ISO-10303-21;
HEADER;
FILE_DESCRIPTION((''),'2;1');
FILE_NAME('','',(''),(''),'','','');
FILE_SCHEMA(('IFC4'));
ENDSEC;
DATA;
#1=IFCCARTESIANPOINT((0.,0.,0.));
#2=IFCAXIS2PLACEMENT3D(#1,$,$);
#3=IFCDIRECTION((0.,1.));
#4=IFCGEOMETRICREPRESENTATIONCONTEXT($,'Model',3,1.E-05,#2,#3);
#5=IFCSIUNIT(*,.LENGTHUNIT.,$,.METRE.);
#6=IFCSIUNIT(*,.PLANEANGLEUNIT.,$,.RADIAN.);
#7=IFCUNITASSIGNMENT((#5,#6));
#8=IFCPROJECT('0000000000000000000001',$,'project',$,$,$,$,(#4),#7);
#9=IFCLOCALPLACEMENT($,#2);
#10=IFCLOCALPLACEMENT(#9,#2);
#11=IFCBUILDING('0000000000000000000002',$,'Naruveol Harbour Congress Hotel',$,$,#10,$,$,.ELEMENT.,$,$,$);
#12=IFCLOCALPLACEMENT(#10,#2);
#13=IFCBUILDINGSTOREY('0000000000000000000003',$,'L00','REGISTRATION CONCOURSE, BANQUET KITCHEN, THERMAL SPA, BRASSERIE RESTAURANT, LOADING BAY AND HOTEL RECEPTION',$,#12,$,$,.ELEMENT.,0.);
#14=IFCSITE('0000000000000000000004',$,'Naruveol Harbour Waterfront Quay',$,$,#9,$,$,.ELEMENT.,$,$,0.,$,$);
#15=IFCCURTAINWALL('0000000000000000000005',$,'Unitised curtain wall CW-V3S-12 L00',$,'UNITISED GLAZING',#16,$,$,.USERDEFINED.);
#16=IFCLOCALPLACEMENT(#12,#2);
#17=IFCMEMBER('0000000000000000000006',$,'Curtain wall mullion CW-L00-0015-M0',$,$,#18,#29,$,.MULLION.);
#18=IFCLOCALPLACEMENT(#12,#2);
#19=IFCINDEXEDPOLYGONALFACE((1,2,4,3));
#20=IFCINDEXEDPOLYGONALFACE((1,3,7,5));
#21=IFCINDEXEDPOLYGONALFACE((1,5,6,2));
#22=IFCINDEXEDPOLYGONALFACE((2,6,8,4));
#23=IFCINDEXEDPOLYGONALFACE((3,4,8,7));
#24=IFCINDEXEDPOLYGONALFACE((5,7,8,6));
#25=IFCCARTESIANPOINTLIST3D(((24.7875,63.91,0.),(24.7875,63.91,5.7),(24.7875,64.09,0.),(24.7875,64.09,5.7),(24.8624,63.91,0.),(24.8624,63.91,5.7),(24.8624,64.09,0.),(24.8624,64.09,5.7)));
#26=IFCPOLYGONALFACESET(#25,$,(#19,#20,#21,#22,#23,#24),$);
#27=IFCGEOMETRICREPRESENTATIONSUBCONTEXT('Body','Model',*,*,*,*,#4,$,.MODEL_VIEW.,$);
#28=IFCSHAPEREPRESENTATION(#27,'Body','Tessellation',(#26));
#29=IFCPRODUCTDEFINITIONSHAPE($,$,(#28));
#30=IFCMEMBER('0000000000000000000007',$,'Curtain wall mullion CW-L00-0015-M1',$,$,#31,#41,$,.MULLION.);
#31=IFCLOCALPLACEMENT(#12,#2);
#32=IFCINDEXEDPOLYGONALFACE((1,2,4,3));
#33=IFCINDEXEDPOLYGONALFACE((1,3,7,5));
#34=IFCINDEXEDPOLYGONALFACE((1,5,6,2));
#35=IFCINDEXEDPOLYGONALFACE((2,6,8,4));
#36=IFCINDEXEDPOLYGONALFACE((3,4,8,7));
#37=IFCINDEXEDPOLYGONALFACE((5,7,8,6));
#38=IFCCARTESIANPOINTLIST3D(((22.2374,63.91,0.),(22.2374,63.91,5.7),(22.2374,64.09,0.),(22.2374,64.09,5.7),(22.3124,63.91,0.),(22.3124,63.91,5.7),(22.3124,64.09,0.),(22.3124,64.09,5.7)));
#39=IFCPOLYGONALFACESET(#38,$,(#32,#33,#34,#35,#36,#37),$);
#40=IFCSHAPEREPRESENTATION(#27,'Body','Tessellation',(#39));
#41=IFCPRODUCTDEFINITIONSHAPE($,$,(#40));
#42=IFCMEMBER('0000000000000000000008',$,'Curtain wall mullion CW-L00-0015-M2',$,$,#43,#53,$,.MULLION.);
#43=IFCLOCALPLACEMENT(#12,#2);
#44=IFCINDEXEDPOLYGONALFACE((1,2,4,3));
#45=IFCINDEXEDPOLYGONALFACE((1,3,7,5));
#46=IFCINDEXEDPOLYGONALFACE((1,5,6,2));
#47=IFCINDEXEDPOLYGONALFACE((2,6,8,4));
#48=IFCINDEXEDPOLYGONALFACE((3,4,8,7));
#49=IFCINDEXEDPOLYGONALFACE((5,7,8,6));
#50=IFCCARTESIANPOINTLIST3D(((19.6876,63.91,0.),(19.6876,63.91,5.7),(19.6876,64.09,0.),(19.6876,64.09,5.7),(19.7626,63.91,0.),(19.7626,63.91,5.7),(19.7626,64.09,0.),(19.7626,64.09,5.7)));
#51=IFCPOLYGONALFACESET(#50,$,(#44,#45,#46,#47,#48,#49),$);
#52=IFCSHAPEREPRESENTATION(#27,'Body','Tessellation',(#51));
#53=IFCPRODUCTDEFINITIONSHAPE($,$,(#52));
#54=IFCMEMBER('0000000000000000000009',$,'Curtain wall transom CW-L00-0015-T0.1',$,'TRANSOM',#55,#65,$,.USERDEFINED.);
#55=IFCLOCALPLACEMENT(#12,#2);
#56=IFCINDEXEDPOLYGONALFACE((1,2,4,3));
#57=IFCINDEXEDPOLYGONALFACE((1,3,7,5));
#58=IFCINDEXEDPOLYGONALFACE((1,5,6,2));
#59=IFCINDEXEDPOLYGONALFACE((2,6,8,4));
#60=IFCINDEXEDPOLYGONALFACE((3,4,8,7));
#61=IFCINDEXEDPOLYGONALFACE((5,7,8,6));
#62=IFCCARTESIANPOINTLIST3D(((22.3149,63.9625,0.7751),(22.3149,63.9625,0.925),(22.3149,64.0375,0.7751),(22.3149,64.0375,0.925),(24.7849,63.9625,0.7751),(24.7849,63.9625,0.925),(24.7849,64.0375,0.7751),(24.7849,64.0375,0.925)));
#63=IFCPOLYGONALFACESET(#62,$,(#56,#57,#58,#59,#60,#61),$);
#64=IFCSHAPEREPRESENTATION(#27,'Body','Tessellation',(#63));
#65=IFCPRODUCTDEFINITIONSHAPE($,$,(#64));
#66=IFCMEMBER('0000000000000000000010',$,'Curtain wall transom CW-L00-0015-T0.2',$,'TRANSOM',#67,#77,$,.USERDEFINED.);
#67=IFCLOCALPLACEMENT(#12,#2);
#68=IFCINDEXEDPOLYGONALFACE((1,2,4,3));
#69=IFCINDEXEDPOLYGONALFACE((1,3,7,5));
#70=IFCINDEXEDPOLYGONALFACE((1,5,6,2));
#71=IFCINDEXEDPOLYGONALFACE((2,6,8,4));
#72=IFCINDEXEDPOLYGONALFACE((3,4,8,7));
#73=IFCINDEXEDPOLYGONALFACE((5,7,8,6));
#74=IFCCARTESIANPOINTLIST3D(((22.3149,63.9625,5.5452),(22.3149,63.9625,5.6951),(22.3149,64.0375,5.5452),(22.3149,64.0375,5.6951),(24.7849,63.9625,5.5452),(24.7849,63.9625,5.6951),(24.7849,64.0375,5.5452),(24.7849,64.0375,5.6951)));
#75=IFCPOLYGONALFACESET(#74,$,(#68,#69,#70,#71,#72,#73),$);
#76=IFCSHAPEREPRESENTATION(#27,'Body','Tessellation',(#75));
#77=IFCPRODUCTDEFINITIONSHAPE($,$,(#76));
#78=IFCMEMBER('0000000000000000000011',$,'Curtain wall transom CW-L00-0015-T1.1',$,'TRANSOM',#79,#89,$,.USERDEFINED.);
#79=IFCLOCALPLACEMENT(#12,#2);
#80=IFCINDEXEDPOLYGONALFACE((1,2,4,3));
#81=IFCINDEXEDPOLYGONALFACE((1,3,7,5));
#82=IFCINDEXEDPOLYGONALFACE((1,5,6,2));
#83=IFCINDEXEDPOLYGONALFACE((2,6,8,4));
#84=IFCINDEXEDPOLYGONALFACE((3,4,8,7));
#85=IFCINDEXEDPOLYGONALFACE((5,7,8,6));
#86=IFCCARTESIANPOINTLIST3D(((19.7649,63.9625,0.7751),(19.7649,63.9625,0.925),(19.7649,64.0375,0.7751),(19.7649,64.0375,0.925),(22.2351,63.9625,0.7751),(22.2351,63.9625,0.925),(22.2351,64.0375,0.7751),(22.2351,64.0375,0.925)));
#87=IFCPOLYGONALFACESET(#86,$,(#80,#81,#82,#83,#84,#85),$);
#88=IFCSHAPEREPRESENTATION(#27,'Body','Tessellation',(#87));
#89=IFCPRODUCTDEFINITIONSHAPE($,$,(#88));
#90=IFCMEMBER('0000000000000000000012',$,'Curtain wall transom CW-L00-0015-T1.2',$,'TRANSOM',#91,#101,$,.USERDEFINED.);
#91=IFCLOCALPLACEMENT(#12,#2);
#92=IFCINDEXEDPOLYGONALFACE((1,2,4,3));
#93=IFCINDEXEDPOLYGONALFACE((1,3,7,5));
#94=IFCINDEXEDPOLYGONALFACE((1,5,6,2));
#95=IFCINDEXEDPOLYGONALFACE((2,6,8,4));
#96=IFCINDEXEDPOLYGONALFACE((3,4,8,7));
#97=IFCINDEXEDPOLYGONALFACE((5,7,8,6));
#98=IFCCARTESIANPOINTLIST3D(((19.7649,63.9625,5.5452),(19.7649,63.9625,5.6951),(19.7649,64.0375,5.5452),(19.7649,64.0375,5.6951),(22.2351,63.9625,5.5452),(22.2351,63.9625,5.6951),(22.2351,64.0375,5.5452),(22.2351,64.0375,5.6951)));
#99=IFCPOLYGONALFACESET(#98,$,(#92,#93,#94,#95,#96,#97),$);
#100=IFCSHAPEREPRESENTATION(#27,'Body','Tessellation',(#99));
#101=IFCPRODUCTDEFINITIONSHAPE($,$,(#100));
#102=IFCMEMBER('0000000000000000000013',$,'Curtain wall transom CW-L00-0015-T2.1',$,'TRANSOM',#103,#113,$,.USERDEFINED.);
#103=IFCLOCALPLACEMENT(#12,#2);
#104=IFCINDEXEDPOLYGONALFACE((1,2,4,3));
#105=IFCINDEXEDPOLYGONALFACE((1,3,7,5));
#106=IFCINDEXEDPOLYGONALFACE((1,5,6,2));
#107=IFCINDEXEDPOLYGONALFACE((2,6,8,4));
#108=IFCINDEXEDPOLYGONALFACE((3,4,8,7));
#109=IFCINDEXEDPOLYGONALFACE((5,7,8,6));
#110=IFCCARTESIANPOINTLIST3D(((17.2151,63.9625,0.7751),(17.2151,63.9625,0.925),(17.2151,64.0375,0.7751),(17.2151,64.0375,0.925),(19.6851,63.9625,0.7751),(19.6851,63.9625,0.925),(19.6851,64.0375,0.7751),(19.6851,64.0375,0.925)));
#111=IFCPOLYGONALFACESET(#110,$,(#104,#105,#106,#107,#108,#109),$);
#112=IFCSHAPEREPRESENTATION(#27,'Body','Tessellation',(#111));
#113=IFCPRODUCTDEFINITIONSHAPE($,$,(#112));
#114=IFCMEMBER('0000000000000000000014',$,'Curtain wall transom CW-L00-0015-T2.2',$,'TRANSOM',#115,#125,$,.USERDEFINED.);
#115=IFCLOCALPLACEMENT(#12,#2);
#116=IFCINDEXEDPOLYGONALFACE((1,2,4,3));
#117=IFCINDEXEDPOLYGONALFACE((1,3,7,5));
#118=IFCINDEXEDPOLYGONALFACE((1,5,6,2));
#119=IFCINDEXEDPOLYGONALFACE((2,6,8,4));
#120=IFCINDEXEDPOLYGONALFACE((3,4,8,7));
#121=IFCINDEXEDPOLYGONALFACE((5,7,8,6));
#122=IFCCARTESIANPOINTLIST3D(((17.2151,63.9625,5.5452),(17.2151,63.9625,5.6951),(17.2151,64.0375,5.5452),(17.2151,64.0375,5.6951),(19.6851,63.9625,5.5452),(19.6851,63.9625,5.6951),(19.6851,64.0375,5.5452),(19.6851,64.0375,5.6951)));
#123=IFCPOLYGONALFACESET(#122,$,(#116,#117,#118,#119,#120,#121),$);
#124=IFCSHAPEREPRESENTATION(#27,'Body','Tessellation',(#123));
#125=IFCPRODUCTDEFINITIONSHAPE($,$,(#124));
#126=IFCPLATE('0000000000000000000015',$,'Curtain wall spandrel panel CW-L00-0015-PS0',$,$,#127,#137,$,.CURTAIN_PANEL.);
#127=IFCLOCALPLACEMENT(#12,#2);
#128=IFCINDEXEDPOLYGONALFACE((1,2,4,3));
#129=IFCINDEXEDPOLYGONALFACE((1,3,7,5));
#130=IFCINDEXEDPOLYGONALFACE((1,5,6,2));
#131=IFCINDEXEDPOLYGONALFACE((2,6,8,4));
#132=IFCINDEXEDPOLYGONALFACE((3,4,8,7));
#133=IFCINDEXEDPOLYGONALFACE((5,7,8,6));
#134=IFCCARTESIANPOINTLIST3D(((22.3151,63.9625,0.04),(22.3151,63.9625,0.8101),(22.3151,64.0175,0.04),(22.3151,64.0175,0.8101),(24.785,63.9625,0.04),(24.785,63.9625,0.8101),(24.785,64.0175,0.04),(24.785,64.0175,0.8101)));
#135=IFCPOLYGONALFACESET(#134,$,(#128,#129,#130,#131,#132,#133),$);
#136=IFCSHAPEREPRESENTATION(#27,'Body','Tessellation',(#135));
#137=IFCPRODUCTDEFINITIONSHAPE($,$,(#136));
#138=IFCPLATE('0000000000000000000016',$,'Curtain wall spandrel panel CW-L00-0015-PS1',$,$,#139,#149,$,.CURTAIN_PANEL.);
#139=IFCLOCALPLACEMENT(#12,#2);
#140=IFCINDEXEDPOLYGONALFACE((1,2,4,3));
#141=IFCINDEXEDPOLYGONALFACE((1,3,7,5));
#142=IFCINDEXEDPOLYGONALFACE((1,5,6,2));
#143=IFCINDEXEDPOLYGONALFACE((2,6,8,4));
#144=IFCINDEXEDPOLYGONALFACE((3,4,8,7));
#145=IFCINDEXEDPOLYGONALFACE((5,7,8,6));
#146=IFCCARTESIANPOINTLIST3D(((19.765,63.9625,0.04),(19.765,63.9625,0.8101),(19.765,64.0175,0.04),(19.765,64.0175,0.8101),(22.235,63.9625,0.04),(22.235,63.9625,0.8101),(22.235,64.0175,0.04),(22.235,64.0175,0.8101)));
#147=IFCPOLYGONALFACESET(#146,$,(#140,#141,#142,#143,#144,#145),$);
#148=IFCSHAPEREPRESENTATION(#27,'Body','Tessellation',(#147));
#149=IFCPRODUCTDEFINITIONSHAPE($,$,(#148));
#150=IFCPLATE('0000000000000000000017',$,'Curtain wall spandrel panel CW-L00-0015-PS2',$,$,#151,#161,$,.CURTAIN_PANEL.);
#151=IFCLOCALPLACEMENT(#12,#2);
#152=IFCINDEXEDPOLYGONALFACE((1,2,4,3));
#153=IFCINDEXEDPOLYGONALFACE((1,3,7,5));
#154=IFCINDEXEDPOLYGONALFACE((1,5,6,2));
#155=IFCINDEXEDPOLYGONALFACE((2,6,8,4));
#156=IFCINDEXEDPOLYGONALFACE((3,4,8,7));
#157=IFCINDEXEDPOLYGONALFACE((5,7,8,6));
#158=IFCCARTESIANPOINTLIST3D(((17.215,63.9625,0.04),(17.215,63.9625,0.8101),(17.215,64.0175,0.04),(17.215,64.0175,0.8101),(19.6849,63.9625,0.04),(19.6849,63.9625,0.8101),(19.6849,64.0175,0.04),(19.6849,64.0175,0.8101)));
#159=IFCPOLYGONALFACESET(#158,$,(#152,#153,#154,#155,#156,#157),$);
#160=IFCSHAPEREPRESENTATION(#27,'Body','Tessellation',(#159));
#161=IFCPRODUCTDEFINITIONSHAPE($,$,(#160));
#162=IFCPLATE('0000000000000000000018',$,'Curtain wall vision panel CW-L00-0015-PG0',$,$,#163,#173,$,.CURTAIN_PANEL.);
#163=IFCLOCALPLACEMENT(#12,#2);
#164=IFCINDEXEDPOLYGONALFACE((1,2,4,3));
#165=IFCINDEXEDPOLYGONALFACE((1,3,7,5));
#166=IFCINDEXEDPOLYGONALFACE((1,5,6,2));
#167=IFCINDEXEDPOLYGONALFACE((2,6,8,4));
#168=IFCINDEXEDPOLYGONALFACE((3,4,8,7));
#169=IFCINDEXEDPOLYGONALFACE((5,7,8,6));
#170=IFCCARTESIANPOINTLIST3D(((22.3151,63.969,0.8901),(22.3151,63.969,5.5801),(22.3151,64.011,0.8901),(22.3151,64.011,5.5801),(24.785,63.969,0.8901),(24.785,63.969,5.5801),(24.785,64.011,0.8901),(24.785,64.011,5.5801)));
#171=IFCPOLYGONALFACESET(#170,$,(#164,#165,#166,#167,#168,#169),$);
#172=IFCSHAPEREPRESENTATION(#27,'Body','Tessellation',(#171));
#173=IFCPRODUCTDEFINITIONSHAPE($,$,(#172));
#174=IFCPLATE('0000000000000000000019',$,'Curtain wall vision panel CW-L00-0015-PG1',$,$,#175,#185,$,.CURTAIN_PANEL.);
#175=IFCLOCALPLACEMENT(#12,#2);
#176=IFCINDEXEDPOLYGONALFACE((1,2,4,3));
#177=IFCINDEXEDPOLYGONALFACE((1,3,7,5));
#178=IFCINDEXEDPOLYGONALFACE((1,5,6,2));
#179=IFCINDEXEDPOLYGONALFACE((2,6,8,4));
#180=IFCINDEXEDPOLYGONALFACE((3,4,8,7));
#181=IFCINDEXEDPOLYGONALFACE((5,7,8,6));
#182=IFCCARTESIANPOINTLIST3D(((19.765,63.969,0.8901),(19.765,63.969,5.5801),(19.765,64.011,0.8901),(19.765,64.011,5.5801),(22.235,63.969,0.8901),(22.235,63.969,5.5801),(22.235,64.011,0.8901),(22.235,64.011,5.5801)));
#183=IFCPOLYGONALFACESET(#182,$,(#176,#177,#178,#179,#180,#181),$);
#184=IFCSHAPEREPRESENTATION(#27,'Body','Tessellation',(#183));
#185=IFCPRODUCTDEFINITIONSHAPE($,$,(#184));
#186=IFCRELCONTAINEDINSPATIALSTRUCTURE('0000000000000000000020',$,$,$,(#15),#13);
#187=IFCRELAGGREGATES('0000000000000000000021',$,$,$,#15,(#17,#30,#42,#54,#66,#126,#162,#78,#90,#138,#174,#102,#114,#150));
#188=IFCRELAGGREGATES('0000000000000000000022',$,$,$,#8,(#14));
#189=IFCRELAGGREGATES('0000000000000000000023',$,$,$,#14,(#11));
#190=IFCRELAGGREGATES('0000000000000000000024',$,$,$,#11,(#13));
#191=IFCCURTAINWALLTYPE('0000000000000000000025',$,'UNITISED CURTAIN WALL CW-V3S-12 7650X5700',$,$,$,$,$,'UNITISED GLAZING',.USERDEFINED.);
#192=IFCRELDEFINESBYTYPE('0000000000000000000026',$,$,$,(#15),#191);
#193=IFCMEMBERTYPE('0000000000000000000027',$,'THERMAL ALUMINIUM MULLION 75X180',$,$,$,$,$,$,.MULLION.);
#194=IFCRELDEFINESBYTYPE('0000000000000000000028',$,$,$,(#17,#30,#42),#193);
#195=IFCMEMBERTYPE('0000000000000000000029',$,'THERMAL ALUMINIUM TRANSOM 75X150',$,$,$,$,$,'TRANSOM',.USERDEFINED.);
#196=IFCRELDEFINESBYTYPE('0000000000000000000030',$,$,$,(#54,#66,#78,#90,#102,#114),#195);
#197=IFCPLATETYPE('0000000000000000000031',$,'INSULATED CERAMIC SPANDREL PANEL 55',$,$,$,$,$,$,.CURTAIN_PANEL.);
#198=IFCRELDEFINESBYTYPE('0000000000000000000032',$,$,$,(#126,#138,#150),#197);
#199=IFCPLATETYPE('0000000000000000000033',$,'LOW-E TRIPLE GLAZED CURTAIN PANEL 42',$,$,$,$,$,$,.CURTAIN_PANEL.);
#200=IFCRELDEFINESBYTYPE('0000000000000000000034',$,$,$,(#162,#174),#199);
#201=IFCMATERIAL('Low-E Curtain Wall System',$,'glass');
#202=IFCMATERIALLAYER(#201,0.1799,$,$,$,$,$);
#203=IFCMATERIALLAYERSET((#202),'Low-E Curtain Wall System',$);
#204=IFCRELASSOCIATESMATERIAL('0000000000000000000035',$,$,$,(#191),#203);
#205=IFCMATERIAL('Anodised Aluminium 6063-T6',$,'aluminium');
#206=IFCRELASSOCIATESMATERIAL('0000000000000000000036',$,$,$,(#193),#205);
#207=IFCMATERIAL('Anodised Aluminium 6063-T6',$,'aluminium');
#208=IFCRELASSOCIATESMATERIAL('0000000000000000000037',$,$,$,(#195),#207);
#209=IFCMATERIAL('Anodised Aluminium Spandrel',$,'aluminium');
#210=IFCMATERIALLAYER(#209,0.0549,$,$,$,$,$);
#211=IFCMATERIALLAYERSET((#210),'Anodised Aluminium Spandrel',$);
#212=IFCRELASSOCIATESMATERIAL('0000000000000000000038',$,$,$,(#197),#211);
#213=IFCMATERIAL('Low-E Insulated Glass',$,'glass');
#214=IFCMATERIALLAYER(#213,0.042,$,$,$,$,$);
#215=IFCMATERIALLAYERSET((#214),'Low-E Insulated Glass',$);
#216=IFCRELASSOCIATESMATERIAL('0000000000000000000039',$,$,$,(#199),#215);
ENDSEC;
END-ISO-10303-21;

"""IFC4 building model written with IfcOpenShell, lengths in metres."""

from ifc_helpers import new_model, si_unit, direction, frame, origin, origin_2d, place, context, subcontext, project, spatial, rectangle, extrude, material, layer, layer_set, material_profile, profile_set, type_object, element, aggregate, save


model = new_model("IFC4")

# Units and contexts
model_context = context("Model", 3, precision=1e-05, world=origin(), true_north=direction((0.0, 1.0)))
body_context = subcontext(model_context, "Body", "Model", "MODEL_VIEW")
ifc_project = project(units=[si_unit("LENGTHUNIT", "METRE"), si_unit("PLANEANGLEUNIT", "RADIAN")], contexts=[model_context])

# Site, building, storey
site_placement = place(None, origin())
site = spatial("IfcSite", under=ifc_project, at=site_placement, Name="Naruveol Harbour Waterfront Quay", CompositionType="ELEMENT", RefElevation=0.0)
building_placement = place(site_placement, origin())
building = spatial("IfcBuilding", under=site, at=building_placement, Name="Naruveol Harbour Congress Hotel", CompositionType="ELEMENT")
storey_placement = place(building_placement, origin())
storey = spatial("IfcBuildingStorey", under=building, at=storey_placement, Name="L00", Description="REGISTRATION CONCOURSE, BANQUET KITCHEN, THERMAL SPA, BRASSERIE RESTAURANT, LOADING BAY AND HOTEL RECEPTION", CompositionType="ELEMENT", Elevation=0.0)

# Curtain wall, members, plates
ifc_material_1 = material(Name="Low-E Curtain Wall System", Category="glass")
ifc_layer_1 = layer(ifc_material_1, 0.1799)
ifc_layer_set_1 = layer_set([ifc_layer_1], Name="Low-E Curtain Wall System")
curtain_wall_type = type_object("IfcCurtainWallType", Name="UNITISED CURTAIN WALL CW-V3S-12 7650X5700", ElementType="UNITISED GLAZING", PredefinedType="USERDEFINED", material=ifc_layer_set_1)
curtain_wall_placement = place(storey_placement, origin())
curtain_wall = element("IfcCurtainWall", 1, at=curtain_wall_placement, inside=storey, type_object=curtain_wall_type, Name="Unitised curtain wall CW-V3S-12 L00", ObjectType="UNITISED GLAZING", PredefinedType="USERDEFINED")
ifc_material_2 = material(Name="Anodised Aluminium 6063-T6", Category="aluminium")
ifc_material_profile_1 = material_profile(ifc_material_2, rectangle(XDim=0.075, YDim=0.1799, at=origin_2d()), Name="ALU-75x180")
ifc_profile_set_1 = profile_set([ifc_material_profile_1], Name="Anodised Aluminium 6063-T6")
member_type_1 = type_object("IfcMemberType", Name="THERMAL ALUMINIUM MULLION 75X180", PredefinedType="MULLION", material=ifc_profile_set_1)
member_1_placement = place(storey_placement, frame((24.825, 64.0, 0.0), z_axis=(0.0, 0.0, 1.0), x_axis=(1.0, 0.0, 0.0)))
member_1 = element("IfcMember", 2, at=member_1_placement, type_object=member_type_1, Name="Curtain wall mullion CW-L00-0015-M0", PredefinedType="MULLION", context=body_context, shape_type="SweptSolid", body=[
    extrude(rectangle(XDim=0.075, YDim=0.1799, at=origin_2d()), origin(), (0.0, 0.0, 1.0), 5.7),
])
member_2_placement = place(storey_placement, frame((22.2749, 64.0, 0.0), z_axis=(0.0, 0.0, 1.0), x_axis=(1.0, 0.0, 0.0)))
member_2 = element("IfcMember", 3, at=member_2_placement, type_object=member_type_1, Name="Curtain wall mullion CW-L00-0015-M1", PredefinedType="MULLION", context=body_context, shape_type="SweptSolid", body=[
    extrude(rectangle(XDim=0.075, YDim=0.1799, at=origin_2d()), origin(), (0.0, 0.0, 1.0), 5.7),
])
member_3_placement = place(storey_placement, frame((19.7251, 64.0, 0.0), z_axis=(0.0, 0.0, 1.0), x_axis=(1.0, 0.0, 0.0)))
member_3 = element("IfcMember", 4, at=member_3_placement, type_object=member_type_1, Name="Curtain wall mullion CW-L00-0015-M2", PredefinedType="MULLION", context=body_context, shape_type="SweptSolid", body=[
    extrude(rectangle(XDim=0.075, YDim=0.1799, at=origin_2d()), origin(), (0.0, 0.0, 1.0), 5.7),
])
ifc_material_3 = material(Name="Anodised Aluminium 6063-T6", Category="aluminium")
ifc_material_profile_2 = material_profile(ifc_material_3, rectangle(XDim=0.075, YDim=0.1499, at=origin_2d()), Name="ALU-75x150")
ifc_profile_set_2 = profile_set([ifc_material_profile_2], Name="Anodised Aluminium 6063-T6")
member_type_2 = type_object("IfcMemberType", Name="THERMAL ALUMINIUM TRANSOM 75X150", ElementType="TRANSOM", PredefinedType="USERDEFINED", material=ifc_profile_set_2)
member_4_placement = place(storey_placement, frame((24.7849, 64.0, 0.8501), z_axis=(-1.0, 0.0, 0.0), x_axis=(0.0, -1.0, 0.0)))
member_4 = element("IfcMember", 5, at=member_4_placement, type_object=member_type_2, Name="Curtain wall transom CW-L00-0015-T0.1", ObjectType="TRANSOM", PredefinedType="USERDEFINED", context=body_context, shape_type="SweptSolid", body=[
    extrude(rectangle(XDim=0.075, YDim=0.1499, at=origin_2d()), origin(), (0.0, 0.0, 1.0), 2.47),
])
member_5_placement = place(storey_placement, frame((24.7849, 64.0, 5.6201), z_axis=(-1.0, 0.0, 0.0), x_axis=(0.0, -1.0, 0.0)))
member_5 = element("IfcMember", 6, at=member_5_placement, type_object=member_type_2, Name="Curtain wall transom CW-L00-0015-T0.2", ObjectType="TRANSOM", PredefinedType="USERDEFINED", context=body_context, shape_type="SweptSolid", body=[
    extrude(rectangle(XDim=0.075, YDim=0.1499, at=origin_2d()), origin(), (0.0, 0.0, 1.0), 2.47),
])
member_6_placement = place(storey_placement, frame((22.2351, 64.0, 0.8501), z_axis=(-1.0, 0.0, 0.0), x_axis=(0.0, -1.0, 0.0)))
member_6 = element("IfcMember", 7, at=member_6_placement, type_object=member_type_2, Name="Curtain wall transom CW-L00-0015-T1.1", ObjectType="TRANSOM", PredefinedType="USERDEFINED", context=body_context, shape_type="SweptSolid", body=[
    extrude(rectangle(XDim=0.075, YDim=0.1499, at=origin_2d()), origin(), (0.0, 0.0, 1.0), 2.4702),
])
member_7_placement = place(storey_placement, frame((22.2351, 64.0, 5.6201), z_axis=(-1.0, 0.0, 0.0), x_axis=(0.0, -1.0, 0.0)))
member_7 = element("IfcMember", 8, at=member_7_placement, type_object=member_type_2, Name="Curtain wall transom CW-L00-0015-T1.2", ObjectType="TRANSOM", PredefinedType="USERDEFINED", context=body_context, shape_type="SweptSolid", body=[
    extrude(rectangle(XDim=0.075, YDim=0.1499, at=origin_2d()), origin(), (0.0, 0.0, 1.0), 2.4702),
])
member_8_placement = place(storey_placement, frame((19.6851, 64.0, 0.8501), z_axis=(-1.0, 0.0, 0.0), x_axis=(0.0, -1.0, 0.0)))
member_8 = element("IfcMember", 9, at=member_8_placement, type_object=member_type_2, Name="Curtain wall transom CW-L00-0015-T2.1", ObjectType="TRANSOM", PredefinedType="USERDEFINED", context=body_context, shape_type="SweptSolid", body=[
    extrude(rectangle(XDim=0.075, YDim=0.1499, at=origin_2d()), origin(), (0.0, 0.0, 1.0), 2.47),
])
member_9_placement = place(storey_placement, frame((19.6851, 64.0, 5.6201), z_axis=(-1.0, 0.0, 0.0), x_axis=(0.0, -1.0, 0.0)))
member_9 = element("IfcMember", 10, at=member_9_placement, type_object=member_type_2, Name="Curtain wall transom CW-L00-0015-T2.2", ObjectType="TRANSOM", PredefinedType="USERDEFINED", context=body_context, shape_type="SweptSolid", body=[
    extrude(rectangle(XDim=0.075, YDim=0.1499, at=origin_2d()), origin(), (0.0, 0.0, 1.0), 2.47),
])
ifc_material_4 = material(Name="Anodised Aluminium Spandrel", Category="aluminium")
ifc_layer_2 = layer(ifc_material_4, 0.0549)
ifc_layer_set_2 = layer_set([ifc_layer_2], Name="Anodised Aluminium Spandrel")
plate_type_1 = type_object("IfcPlateType", Name="INSULATED CERAMIC SPANDREL PANEL 55", PredefinedType="CURTAIN_PANEL", material=ifc_layer_set_2)
plate_1_placement = place(storey_placement, frame((23.55, 63.99, 0.04), z_axis=(0.0, 0.0, 1.0), x_axis=(-1.0, 0.0, 0.0)))
plate_1 = element("IfcPlate", 11, at=plate_1_placement, type_object=plate_type_1, Name="Curtain wall spandrel panel CW-L00-0015-PS0", PredefinedType="CURTAIN_PANEL", context=body_context, shape_type="SweptSolid", body=[
    extrude(rectangle(XDim=2.47, YDim=0.0549, at=origin_2d()), origin(), (0.0, 0.0, 1.0), 0.77),
])
plate_2_placement = place(storey_placement, frame((21.0, 63.99, 0.04), z_axis=(0.0, 0.0, 1.0), x_axis=(-1.0, 0.0, 0.0)))
plate_2 = element("IfcPlate", 12, at=plate_2_placement, type_object=plate_type_1, Name="Curtain wall spandrel panel CW-L00-0015-PS1", PredefinedType="CURTAIN_PANEL", context=body_context, shape_type="SweptSolid", body=[
    extrude(rectangle(XDim=2.47, YDim=0.0549, at=origin_2d()), origin(), (0.0, 0.0, 1.0), 0.77),
])
plate_3_placement = place(storey_placement, frame((18.45, 63.99, 0.04), z_axis=(0.0, 0.0, 1.0), x_axis=(-1.0, 0.0, 0.0)))
plate_3 = element("IfcPlate", 13, at=plate_3_placement, type_object=plate_type_1, Name="Curtain wall spandrel panel CW-L00-0015-PS2", PredefinedType="CURTAIN_PANEL", context=body_context, shape_type="SweptSolid", body=[
    extrude(rectangle(XDim=2.47, YDim=0.0549, at=origin_2d()), origin(), (0.0, 0.0, 1.0), 0.77),
])
ifc_material_5 = material(Name="Low-E Insulated Glass", Category="glass")
ifc_layer_3 = layer(ifc_material_5, 0.042)
ifc_layer_set_3 = layer_set([ifc_layer_3], Name="Low-E Insulated Glass")
plate_type_2 = type_object("IfcPlateType", Name="LOW-E TRIPLE GLAZED CURTAIN PANEL 42", PredefinedType="CURTAIN_PANEL", material=ifc_layer_set_3)
plate_4_placement = place(storey_placement, frame((23.55, 63.99, 0.8901), z_axis=(0.0, 0.0, 1.0), x_axis=(-1.0, 0.0, 0.0)))
plate_4 = element("IfcPlate", 14, at=plate_4_placement, type_object=plate_type_2, Name="Curtain wall vision panel CW-L00-0015-PG0", PredefinedType="CURTAIN_PANEL", context=body_context, shape_type="SweptSolid", body=[
    extrude(rectangle(XDim=2.47, YDim=0.042, at=origin_2d()), origin(), (0.0, 0.0, 1.0), 4.6899),
])
plate_5_placement = place(storey_placement, frame((21.0, 63.99, 0.8901), z_axis=(0.0, 0.0, 1.0), x_axis=(-1.0, 0.0, 0.0)))
plate_5 = element("IfcPlate", 15, at=plate_5_placement, type_object=plate_type_2, Name="Curtain wall vision panel CW-L00-0015-PG1", PredefinedType="CURTAIN_PANEL", context=body_context, shape_type="SweptSolid", body=[
    extrude(rectangle(XDim=2.47, YDim=0.042, at=origin_2d()), origin(), (0.0, 0.0, 1.0), 4.6899),
])
aggregate(curtain_wall, [member_1, member_2, member_3, member_4, member_5, plate_1, plate_4, member_6, member_7, plate_2, plate_5, member_8, member_9, plate_3])

save(model, "model.ifc")
